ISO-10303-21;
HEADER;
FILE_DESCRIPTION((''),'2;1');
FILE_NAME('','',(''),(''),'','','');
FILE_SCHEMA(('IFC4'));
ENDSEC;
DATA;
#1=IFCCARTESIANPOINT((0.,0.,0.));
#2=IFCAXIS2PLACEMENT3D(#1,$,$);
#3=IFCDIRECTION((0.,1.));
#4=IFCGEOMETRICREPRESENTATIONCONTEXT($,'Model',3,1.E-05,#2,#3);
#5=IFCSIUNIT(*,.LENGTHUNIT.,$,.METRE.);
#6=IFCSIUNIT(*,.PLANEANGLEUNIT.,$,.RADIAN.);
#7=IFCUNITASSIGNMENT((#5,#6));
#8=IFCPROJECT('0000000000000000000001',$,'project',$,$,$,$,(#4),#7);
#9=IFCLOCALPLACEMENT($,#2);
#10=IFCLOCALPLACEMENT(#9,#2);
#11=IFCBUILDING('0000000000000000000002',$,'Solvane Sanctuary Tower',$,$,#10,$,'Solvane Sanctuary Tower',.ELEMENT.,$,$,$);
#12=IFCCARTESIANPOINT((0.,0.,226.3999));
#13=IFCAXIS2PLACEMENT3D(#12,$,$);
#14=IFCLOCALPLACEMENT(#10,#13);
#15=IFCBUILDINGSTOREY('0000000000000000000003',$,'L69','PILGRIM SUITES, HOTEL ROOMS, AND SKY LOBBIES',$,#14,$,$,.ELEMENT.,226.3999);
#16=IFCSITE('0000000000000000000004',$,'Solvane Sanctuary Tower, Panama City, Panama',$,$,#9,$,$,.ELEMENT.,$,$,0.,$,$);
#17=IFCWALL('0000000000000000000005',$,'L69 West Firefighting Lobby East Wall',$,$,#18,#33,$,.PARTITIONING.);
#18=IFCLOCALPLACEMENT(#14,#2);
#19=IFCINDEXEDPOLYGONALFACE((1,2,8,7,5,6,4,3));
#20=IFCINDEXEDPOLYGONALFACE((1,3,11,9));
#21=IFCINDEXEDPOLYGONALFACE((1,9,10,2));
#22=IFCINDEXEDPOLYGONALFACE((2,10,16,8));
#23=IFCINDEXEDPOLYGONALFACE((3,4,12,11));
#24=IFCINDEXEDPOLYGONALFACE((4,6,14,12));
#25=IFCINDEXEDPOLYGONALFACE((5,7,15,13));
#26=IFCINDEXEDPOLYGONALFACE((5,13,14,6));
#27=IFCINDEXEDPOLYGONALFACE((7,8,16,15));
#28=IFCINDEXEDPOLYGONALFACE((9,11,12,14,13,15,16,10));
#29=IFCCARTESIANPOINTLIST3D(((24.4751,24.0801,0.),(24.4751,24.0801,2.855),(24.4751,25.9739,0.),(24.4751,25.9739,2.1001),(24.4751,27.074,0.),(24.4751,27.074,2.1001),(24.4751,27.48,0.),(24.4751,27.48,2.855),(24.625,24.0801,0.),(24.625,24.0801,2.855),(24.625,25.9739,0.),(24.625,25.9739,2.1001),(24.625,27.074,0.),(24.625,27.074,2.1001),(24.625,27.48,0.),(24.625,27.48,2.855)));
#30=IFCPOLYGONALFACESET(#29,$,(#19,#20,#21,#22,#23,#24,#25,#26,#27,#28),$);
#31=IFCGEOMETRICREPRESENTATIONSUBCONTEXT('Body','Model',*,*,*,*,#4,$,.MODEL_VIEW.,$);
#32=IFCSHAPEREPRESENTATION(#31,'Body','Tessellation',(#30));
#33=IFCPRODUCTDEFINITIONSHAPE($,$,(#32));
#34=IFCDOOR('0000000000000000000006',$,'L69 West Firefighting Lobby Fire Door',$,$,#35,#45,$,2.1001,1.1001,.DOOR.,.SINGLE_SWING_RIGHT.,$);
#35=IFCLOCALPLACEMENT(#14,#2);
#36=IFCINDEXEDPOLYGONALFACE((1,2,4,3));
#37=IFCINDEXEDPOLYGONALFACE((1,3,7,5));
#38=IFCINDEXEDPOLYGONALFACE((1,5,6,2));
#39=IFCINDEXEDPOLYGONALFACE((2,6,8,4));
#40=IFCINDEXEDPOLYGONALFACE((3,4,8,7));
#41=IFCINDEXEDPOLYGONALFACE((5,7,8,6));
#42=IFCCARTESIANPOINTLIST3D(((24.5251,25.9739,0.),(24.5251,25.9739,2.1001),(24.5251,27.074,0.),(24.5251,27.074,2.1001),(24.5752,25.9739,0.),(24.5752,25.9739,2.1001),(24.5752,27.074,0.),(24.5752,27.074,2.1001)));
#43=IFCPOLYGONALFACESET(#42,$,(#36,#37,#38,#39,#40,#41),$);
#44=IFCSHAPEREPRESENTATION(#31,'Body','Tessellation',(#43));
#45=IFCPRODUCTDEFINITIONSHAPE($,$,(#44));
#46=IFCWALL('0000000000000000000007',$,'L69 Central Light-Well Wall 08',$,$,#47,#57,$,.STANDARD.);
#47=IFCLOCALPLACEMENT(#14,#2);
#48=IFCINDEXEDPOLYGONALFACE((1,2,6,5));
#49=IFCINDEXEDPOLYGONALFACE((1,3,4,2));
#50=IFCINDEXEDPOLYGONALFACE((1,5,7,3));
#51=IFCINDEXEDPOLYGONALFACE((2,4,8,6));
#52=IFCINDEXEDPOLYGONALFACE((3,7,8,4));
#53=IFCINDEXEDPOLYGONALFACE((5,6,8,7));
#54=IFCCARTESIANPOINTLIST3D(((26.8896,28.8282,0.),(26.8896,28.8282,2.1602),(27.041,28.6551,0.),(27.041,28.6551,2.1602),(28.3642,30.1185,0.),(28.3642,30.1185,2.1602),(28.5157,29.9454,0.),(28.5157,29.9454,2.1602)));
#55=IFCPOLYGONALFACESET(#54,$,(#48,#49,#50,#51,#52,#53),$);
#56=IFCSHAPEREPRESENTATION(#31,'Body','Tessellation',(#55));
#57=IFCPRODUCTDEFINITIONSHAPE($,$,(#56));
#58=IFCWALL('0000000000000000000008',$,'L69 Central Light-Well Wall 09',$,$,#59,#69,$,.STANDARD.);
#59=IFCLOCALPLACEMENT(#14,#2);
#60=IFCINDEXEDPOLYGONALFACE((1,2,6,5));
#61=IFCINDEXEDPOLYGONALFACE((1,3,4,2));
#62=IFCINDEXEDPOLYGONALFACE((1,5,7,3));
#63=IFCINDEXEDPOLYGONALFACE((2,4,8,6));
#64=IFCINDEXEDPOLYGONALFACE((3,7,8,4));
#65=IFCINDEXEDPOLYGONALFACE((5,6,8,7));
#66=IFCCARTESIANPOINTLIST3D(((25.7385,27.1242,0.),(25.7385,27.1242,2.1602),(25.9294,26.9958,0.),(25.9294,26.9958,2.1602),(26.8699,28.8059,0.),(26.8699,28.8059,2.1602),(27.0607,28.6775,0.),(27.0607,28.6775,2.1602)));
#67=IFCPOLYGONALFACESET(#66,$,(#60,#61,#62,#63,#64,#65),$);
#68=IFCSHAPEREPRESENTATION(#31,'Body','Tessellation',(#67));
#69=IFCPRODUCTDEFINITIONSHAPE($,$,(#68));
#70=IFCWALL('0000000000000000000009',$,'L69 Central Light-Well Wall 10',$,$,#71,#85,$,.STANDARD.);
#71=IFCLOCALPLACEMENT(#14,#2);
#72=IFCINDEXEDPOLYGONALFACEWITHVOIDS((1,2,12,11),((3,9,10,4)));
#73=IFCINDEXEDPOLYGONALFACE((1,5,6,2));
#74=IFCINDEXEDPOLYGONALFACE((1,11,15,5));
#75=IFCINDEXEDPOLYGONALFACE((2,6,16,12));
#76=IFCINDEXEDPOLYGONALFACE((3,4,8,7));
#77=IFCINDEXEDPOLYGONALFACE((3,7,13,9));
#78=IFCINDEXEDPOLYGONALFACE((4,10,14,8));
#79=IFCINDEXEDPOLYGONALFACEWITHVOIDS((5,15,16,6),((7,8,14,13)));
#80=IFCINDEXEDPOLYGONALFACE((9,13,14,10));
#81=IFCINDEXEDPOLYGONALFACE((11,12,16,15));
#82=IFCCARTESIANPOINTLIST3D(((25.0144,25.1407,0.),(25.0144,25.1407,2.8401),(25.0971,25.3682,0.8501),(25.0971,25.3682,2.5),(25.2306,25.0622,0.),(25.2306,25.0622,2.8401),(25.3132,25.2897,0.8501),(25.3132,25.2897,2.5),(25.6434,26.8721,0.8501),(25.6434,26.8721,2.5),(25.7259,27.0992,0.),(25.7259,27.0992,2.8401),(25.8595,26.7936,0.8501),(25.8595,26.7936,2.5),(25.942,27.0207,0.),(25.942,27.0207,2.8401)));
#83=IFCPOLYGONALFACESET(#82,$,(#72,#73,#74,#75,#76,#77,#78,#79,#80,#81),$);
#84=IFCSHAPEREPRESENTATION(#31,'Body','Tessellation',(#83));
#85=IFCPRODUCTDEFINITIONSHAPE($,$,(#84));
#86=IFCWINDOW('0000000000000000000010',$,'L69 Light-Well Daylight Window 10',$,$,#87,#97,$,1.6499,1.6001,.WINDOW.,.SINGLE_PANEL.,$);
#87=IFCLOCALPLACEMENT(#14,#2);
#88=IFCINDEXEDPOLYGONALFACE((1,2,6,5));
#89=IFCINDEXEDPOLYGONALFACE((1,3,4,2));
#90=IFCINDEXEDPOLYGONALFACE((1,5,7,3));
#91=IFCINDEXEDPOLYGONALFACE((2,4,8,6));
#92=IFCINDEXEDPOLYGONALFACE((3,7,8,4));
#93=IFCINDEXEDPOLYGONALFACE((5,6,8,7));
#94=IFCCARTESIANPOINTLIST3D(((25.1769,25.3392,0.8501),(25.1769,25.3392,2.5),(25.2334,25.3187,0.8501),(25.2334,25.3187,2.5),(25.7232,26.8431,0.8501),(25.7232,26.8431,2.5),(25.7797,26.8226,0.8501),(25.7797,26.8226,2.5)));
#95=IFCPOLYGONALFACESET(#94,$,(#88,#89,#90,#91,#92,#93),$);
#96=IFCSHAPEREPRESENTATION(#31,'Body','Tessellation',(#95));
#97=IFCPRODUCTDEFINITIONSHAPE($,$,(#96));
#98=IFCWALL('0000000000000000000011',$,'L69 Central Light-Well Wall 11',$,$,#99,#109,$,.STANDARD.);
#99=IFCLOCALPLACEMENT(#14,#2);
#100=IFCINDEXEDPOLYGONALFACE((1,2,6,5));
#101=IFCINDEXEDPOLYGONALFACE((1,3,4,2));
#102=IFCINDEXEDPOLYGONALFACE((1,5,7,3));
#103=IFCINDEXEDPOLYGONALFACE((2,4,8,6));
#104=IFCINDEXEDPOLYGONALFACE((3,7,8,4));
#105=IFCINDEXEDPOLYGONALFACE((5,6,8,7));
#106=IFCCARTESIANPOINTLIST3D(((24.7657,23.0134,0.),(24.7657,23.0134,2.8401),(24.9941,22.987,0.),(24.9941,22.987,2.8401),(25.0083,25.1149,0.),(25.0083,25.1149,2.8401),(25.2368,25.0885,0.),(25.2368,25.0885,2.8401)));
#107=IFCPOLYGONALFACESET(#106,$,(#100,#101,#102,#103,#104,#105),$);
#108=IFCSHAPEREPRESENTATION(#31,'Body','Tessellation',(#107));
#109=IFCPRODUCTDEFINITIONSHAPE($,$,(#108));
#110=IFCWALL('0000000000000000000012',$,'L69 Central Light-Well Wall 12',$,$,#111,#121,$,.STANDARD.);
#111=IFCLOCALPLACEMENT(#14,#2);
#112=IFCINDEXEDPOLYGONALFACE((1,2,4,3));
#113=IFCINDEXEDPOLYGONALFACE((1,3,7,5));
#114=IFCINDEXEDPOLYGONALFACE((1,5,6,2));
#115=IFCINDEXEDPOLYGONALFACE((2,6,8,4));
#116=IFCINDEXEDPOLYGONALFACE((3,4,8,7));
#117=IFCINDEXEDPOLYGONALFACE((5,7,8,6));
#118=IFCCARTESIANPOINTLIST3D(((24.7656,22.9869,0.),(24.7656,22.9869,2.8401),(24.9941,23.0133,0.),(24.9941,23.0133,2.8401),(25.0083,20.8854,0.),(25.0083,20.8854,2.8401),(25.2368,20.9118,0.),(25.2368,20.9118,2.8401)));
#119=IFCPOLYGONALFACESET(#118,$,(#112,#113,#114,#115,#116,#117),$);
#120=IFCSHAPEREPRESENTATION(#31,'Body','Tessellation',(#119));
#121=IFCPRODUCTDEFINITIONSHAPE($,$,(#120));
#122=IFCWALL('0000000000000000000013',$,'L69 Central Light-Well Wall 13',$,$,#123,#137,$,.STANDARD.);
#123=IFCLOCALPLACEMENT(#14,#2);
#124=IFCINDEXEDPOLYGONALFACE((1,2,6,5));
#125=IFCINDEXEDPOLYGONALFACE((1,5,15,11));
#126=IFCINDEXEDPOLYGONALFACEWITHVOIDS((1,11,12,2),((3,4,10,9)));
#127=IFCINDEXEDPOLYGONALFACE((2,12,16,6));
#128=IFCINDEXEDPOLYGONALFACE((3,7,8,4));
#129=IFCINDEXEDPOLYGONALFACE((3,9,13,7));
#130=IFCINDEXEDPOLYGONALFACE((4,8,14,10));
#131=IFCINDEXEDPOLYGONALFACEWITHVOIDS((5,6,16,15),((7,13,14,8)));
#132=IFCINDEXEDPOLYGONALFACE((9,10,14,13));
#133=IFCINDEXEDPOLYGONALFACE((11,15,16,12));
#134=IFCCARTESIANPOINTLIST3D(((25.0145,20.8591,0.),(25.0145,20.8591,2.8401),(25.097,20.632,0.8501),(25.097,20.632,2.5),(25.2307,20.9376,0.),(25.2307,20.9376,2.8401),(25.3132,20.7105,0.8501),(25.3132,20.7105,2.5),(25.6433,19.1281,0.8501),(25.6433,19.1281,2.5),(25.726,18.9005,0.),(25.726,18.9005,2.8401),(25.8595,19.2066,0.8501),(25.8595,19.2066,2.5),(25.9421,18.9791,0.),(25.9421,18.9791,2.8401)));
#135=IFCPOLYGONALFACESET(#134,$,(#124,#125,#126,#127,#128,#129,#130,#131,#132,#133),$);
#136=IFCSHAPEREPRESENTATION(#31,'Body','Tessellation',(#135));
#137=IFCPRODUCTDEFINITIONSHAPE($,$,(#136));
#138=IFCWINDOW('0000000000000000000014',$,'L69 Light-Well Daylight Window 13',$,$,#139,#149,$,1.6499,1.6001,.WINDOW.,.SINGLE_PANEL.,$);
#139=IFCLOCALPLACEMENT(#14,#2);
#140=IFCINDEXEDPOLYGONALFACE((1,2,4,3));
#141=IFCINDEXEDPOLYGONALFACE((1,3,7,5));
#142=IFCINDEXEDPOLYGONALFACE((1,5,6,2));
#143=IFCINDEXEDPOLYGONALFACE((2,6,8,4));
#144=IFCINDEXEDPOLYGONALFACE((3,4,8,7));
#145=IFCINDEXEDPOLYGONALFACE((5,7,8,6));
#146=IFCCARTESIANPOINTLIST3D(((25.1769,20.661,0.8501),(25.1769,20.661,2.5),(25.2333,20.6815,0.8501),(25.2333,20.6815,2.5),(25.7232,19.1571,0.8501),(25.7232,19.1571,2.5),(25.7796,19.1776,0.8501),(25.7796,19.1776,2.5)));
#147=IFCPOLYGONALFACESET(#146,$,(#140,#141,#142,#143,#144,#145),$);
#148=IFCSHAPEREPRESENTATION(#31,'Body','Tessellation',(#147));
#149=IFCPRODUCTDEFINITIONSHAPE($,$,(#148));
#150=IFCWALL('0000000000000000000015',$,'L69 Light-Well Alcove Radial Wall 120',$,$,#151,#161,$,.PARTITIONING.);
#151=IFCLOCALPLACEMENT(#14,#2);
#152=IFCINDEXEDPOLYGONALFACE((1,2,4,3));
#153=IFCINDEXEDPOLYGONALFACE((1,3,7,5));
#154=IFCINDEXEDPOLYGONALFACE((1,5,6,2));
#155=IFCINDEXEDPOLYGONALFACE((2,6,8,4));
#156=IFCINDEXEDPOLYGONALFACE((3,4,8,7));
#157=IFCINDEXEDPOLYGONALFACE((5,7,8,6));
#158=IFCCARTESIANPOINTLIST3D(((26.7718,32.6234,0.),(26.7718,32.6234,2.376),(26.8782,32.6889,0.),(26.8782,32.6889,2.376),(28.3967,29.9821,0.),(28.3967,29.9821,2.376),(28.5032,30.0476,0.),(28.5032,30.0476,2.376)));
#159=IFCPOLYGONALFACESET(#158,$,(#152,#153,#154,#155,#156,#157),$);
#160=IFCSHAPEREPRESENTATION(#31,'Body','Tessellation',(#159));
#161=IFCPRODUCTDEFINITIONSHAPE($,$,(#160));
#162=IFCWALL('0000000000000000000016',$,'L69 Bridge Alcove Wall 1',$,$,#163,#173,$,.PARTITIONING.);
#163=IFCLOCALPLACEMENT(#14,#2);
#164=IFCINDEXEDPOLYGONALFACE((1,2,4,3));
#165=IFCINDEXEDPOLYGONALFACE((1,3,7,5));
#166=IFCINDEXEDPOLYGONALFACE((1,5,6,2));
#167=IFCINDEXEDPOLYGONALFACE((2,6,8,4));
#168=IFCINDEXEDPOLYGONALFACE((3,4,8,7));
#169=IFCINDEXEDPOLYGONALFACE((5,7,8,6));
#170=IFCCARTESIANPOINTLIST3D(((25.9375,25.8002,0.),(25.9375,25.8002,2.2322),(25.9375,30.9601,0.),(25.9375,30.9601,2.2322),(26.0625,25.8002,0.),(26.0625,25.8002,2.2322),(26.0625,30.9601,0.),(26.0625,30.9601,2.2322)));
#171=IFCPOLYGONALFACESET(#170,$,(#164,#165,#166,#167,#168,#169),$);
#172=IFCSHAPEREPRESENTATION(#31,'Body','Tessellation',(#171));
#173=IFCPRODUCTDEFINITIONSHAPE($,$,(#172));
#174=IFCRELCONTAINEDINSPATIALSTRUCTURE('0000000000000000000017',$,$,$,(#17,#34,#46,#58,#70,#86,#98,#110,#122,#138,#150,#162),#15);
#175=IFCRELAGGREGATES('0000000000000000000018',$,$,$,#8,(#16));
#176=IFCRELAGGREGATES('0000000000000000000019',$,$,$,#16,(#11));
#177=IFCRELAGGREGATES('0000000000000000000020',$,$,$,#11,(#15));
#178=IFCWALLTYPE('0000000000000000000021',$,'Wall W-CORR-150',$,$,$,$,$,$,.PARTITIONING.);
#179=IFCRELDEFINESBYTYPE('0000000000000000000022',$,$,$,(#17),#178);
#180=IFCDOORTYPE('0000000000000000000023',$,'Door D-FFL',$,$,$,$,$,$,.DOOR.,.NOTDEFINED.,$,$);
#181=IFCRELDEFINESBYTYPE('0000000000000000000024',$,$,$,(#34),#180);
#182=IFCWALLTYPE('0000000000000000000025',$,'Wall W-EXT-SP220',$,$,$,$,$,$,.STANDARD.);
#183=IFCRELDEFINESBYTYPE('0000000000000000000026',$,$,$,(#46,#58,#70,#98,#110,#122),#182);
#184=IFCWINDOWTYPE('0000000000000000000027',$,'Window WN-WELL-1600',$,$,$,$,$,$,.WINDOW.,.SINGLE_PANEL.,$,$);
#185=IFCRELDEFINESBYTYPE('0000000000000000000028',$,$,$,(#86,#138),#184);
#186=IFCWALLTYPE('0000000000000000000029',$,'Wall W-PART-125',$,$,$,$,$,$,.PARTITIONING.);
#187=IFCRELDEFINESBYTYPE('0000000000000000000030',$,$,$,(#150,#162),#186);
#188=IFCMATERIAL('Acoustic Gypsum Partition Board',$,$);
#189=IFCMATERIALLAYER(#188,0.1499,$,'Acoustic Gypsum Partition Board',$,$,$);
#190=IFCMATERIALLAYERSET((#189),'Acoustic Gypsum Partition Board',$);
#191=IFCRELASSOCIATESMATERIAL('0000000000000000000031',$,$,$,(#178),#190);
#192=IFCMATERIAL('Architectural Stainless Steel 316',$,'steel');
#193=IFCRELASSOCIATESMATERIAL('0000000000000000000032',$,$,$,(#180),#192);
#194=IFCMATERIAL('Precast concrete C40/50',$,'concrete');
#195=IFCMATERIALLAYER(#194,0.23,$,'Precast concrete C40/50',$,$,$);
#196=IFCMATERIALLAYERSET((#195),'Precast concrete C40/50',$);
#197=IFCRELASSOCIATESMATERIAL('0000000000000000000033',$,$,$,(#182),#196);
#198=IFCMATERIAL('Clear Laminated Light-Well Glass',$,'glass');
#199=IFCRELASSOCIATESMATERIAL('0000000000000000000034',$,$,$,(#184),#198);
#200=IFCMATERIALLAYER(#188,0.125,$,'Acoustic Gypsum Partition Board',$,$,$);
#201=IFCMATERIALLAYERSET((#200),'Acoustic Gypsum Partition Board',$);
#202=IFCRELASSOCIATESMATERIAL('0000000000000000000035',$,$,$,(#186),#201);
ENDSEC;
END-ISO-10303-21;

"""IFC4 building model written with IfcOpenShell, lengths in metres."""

from ifc_helpers import new_model, si_unit, direction, frame, frame_2d, origin, place, context, subcontext, project, spatial, rectangle, extrude, material, layer, layer_set, type_object, element, fill, save


model = new_model("IFC4")

# Units and contexts
model_context = context("Model", 3, precision=1e-05, world=origin(), true_north=direction((0.0, 1.0)))
body_context = subcontext(model_context, "Body", "Model", "MODEL_VIEW")
ifc_project = project(units=[si_unit("LENGTHUNIT", "METRE"), si_unit("PLANEANGLEUNIT", "RADIAN")], contexts=[model_context])

# Site, building, storey
site_placement = place(None, origin())
site = spatial("IfcSite", under=ifc_project, at=site_placement, Name="Solvane Sanctuary Tower, Panama City, Panama", CompositionType="ELEMENT", RefElevation=0.0)
building_placement = place(site_placement, origin())
building = spatial("IfcBuilding", under=site, at=building_placement, Name="Solvane Sanctuary Tower", LongName="Solvane Sanctuary Tower", CompositionType="ELEMENT")
storey_placement = place(building_placement, frame((0.0, 0.0, 226.3999)))
storey = spatial("IfcBuildingStorey", under=building, at=storey_placement, Name="L69", Description="PILGRIM SUITES, HOTEL ROOMS, AND SKY LOBBIES", CompositionType="ELEMENT", Elevation=226.3999)

# Wall, opening, door
ifc_material_1 = material(Name="Acoustic Gypsum Partition Board")
ifc_layer_1 = layer(ifc_material_1, 0.1499, Name="Acoustic Gypsum Partition Board")
ifc_layer_set_1 = layer_set([ifc_layer_1], Name="Acoustic Gypsum Partition Board")
wall_type_1 = type_object("IfcWallType", Name="Wall W-CORR-150", PredefinedType="PARTITIONING", material=ifc_layer_set_1)
wall_1_placement = place(storey_placement, frame((24.55, 24.0801, 0.0), z_axis=(0.0, 0.0, 1.0), x_axis=(0.0, 1.0, 0.0)))
wall_1 = element("IfcWall", 1, at=wall_1_placement, inside=storey, type_object=wall_type_1, Name="L69 West Firefighting Lobby East Wall", PredefinedType="PARTITIONING", context=body_context, shape_type="SweptSolid", body=[
    extrude(rectangle(XDim=3.3999, YDim=0.1499, at=frame_2d((1.7, 0.0))), origin(), (0.0, 0.0, 1.0), 2.855),
])
opening_1_placement = place(wall_1_placement, frame((1.8938, 0.0, 0.0)))
opening_1 = element("IfcOpeningElement", 2, at=opening_1_placement, cuts=wall_1, PredefinedType="OPENING", context=body_context, shape_type="SweptSolid", body=[
    extrude(rectangle(XDim=1.1001, YDim=2.1001, at=frame_2d((0.55, 1.05))), frame((0.0, 0.085, 0.0), z_axis=(0.0, -1.0, 0.0), x_axis=(1.0, 0.0, 0.0)), (0.0, 0.0, 1.0), 0.1699),
])
ifc_material_2 = material(Name="Architectural Stainless Steel 316", Category="steel")
door_type_1 = type_object("IfcDoorType", Name="Door D-FFL", OperationType="NOTDEFINED", PredefinedType="DOOR", material=ifc_material_2)
door_1_placement = place(opening_1_placement, origin())
door_1 = element("IfcDoor", 3, at=door_1_placement, inside=storey, type_object=door_type_1, Name="L69 West Firefighting Lobby Fire Door", OperationType="SINGLE_SWING_RIGHT", OverallHeight=2.1001, OverallWidth=1.1001, PredefinedType="DOOR", context=body_context, shape_type="SweptSolid", body=[
    extrude(rectangle(XDim=1.1001, YDim=2.1001, at=frame_2d((0.55, 1.05))), frame((0.0, 0.0249, 0.0), z_axis=(0.0, -1.0, 0.0), x_axis=(1.0, 0.0, 0.0)), (0.0, 0.0, 1.0), 0.05),
])
fill(opening_1, door_1)

# Walls
ifc_material_3 = material(Name="Precast concrete C40/50", Category="concrete")
ifc_layer_2 = layer(ifc_material_3, 0.23, Name="Precast concrete C40/50")
ifc_layer_set_2 = layer_set([ifc_layer_2], Name="Precast concrete C40/50")
wall_type_2 = type_object("IfcWallType", Name="Wall W-EXT-SP220", PredefinedType="STANDARD", material=ifc_layer_set_2)
wall_2_placement = place(storey_placement, frame((28.4399, 30.032, 0.0), z_axis=(0.0, 0.0, 1.0), x_axis=(-0.752577, -0.658505, 0.0)))
element("IfcWall", 4, at=wall_2_placement, inside=storey, type_object=wall_type_2, Name="L69 Central Light-Well Wall 08", PredefinedType="STANDARD", context=body_context, shape_type="SweptSolid", body=[
    extrude(rectangle(XDim=1.9595, YDim=0.23, at=frame_2d((0.9797, 0.0))), origin(), (0.0, 0.0, 1.0), 2.1602),
])
wall_3_placement = place(storey_placement, frame((26.9653, 28.7417, 0.0), z_axis=(0.0, 0.0, 1.0), x_axis=(-0.558198, -0.829708, 0.0)))
element("IfcWall", 5, at=wall_3_placement, inside=storey, type_object=wall_type_2, Name="L69 Central Light-Well Wall 09", PredefinedType="STANDARD", context=body_context, shape_type="SweptSolid", body=[
    extrude(rectangle(XDim=2.0269, YDim=0.23, at=frame_2d((1.0134, 0.0))), origin(), (0.0, 0.0, 1.0), 2.1602),
])

# Wall, opening, window
wall_4_placement = place(storey_placement, frame((25.834, 27.0601, 0.0), z_axis=(0.0, 0.0, 1.0), x_axis=(-0.341423, -0.93991, 0.0)))
wall_4 = element("IfcWall", 6, at=wall_4_placement, inside=storey, type_object=wall_type_2, Name="L69 Central Light-Well Wall 10", PredefinedType="STANDARD", context=body_context, shape_type="SweptSolid", body=[
    extrude(rectangle(XDim=2.0837, YDim=0.23, at=frame_2d((1.042, 0.0))), origin(), (0.0, 0.0, 1.0), 2.8401),
])
opening_2_placement = place(wall_4_placement, frame((0.2417, 0.0, 0.8501)))
opening_2 = element("IfcOpeningElement", 7, at=opening_2_placement, cuts=wall_4, PredefinedType="OPENING", context=body_context, shape_type="SweptSolid", body=[
    extrude(rectangle(XDim=1.6001, YDim=1.6499, at=frame_2d((0.8, 0.825))), frame((0.0, 0.125, 0.0), z_axis=(0.0, -1.0, 0.0), x_axis=(1.0, 0.0, 0.0)), (0.0, 0.0, 1.0), 0.25),
])
ifc_material_4 = material(Name="Clear Laminated Light-Well Glass", Category="glass")
window_type = type_object("IfcWindowType", Name="Window WN-WELL-1600", PartitioningType="SINGLE_PANEL", PredefinedType="WINDOW", material=ifc_material_4)
window_1_placement = place(opening_2_placement, origin())
window_1 = element("IfcWindow", 8, at=window_1_placement, inside=storey, type_object=window_type, Name="L69 Light-Well Daylight Window 10", OverallHeight=1.6499, OverallWidth=1.6001, PartitioningType="SINGLE_PANEL", PredefinedType="WINDOW", context=body_context, shape_type="SweptSolid", body=[
    extrude(rectangle(XDim=1.6001, YDim=1.6499, at=frame_2d((0.8, 0.825))), frame((0.0, 0.03, 0.0), z_axis=(0.0, -1.0, 0.0), x_axis=(1.0, 0.0, 0.0)), (0.0, 0.0, 1.0), 0.0601),
])
fill(opening_2, window_1)

# Walls
for number, where, z_axis, x_axis, name in (
    (9, (25.1226, 25.1016, 0.0), (0.0, 0.0, 1.0), (-0.114712, -0.993399, 0.0), "L69 Central Light-Well Wall 11"),
    (10, (24.8799, 23.0, 0.0), (0.0, 0.0, 1.0), (0.114712, -0.993399, 0.0), "L69 Central Light-Well Wall 12"),
):
    element("IfcWall", number, at=place(storey_placement, frame(where, z_axis=z_axis, x_axis=x_axis)), inside=storey, type_object=wall_type_2, Name=name, PredefinedType="STANDARD", context=body_context, shape_type="SweptSolid", body=[
        extrude(rectangle(XDim=2.1155, YDim=0.23, at=frame_2d((1.0576, 0.0))), origin(), (0.0, 0.0, 1.0), 2.8401),
    ])

# Wall, opening, window
wall_5_placement = place(storey_placement, frame((25.1226, 20.8984, 0.0), z_axis=(0.0, 0.0, 1.0), x_axis=(0.341423, -0.93991, 0.0)))
wall_5 = element("IfcWall", 11, at=wall_5_placement, inside=storey, type_object=wall_type_2, Name="L69 Central Light-Well Wall 13", PredefinedType="STANDARD", context=body_context, shape_type="SweptSolid", body=[
    extrude(rectangle(XDim=2.0837, YDim=0.23, at=frame_2d((1.042, 0.0))), origin(), (0.0, 0.0, 1.0), 2.8401),
])
opening_3_placement = place(wall_5_placement, frame((0.2417, 0.0, 0.8501)))
opening_3 = element("IfcOpeningElement", 12, at=opening_3_placement, cuts=wall_5, PredefinedType="OPENING", context=body_context, shape_type="SweptSolid", body=[
    extrude(rectangle(XDim=1.6001, YDim=1.6499, at=frame_2d((0.8, 0.825))), frame((0.0, 0.125, 0.0), z_axis=(0.0, -1.0, 0.0), x_axis=(1.0, 0.0, 0.0)), (0.0, 0.0, 1.0), 0.25),
])
window_2_placement = place(opening_3_placement, origin())
window_2 = element("IfcWindow", 13, at=window_2_placement, inside=storey, type_object=window_type, Name="L69 Light-Well Daylight Window 13", OverallHeight=1.6499, OverallWidth=1.6001, PartitioningType="SINGLE_PANEL", PredefinedType="WINDOW", context=body_context, shape_type="SweptSolid", body=[
    extrude(rectangle(XDim=1.6001, YDim=1.6499, at=frame_2d((0.8, 0.825))), frame((0.0, 0.03, 0.0), z_axis=(0.0, -1.0, 0.0), x_axis=(1.0, 0.0, 0.0)), (0.0, 0.0, 1.0), 0.0601),
])
fill(opening_3, window_2)

# Walls
ifc_layer_3 = layer(ifc_material_1, 0.125, Name="Acoustic Gypsum Partition Board")
ifc_layer_set_3 = layer_set([ifc_layer_3], Name="Acoustic Gypsum Partition Board")
wall_type_3 = type_object("IfcWallType", Name="Wall W-PART-125", PredefinedType="PARTITIONING", material=ifc_layer_set_3)
wall_6_placement = place(storey_placement, frame((28.45, 30.0149, 0.0), z_axis=(0.0, 0.0, 1.0), x_axis=(-0.523992, 0.851723, 0.0)))
element("IfcWall", 14, at=wall_6_placement, inside=storey, type_object=wall_type_3, Name="L69 Light-Well Alcove Radial Wall 120", PredefinedType="PARTITIONING", context=body_context, shape_type="SweptSolid", body=[
    extrude(rectangle(XDim=3.1011, YDim=0.125, at=frame_2d((1.5505, 0.0))), origin(), (0.0, 0.0, 1.0), 2.376),
])
wall_7_placement = place(storey_placement, frame((26.0, 25.8, 0.0), z_axis=(0.0, 0.0, 1.0), x_axis=(0.0, 1.0, 0.0)))
element("IfcWall", 15, at=wall_7_placement, inside=storey, type_object=wall_type_3, Name="L69 Bridge Alcove Wall 1", PredefinedType="PARTITIONING", context=body_context, shape_type="SweptSolid", body=[
    extrude(rectangle(XDim=5.1599, YDim=0.125, at=frame_2d((2.5801, 0.0))), origin(), (0.0, 0.0, 1.0), 2.2322),
])

save(model, "model.ifc")
